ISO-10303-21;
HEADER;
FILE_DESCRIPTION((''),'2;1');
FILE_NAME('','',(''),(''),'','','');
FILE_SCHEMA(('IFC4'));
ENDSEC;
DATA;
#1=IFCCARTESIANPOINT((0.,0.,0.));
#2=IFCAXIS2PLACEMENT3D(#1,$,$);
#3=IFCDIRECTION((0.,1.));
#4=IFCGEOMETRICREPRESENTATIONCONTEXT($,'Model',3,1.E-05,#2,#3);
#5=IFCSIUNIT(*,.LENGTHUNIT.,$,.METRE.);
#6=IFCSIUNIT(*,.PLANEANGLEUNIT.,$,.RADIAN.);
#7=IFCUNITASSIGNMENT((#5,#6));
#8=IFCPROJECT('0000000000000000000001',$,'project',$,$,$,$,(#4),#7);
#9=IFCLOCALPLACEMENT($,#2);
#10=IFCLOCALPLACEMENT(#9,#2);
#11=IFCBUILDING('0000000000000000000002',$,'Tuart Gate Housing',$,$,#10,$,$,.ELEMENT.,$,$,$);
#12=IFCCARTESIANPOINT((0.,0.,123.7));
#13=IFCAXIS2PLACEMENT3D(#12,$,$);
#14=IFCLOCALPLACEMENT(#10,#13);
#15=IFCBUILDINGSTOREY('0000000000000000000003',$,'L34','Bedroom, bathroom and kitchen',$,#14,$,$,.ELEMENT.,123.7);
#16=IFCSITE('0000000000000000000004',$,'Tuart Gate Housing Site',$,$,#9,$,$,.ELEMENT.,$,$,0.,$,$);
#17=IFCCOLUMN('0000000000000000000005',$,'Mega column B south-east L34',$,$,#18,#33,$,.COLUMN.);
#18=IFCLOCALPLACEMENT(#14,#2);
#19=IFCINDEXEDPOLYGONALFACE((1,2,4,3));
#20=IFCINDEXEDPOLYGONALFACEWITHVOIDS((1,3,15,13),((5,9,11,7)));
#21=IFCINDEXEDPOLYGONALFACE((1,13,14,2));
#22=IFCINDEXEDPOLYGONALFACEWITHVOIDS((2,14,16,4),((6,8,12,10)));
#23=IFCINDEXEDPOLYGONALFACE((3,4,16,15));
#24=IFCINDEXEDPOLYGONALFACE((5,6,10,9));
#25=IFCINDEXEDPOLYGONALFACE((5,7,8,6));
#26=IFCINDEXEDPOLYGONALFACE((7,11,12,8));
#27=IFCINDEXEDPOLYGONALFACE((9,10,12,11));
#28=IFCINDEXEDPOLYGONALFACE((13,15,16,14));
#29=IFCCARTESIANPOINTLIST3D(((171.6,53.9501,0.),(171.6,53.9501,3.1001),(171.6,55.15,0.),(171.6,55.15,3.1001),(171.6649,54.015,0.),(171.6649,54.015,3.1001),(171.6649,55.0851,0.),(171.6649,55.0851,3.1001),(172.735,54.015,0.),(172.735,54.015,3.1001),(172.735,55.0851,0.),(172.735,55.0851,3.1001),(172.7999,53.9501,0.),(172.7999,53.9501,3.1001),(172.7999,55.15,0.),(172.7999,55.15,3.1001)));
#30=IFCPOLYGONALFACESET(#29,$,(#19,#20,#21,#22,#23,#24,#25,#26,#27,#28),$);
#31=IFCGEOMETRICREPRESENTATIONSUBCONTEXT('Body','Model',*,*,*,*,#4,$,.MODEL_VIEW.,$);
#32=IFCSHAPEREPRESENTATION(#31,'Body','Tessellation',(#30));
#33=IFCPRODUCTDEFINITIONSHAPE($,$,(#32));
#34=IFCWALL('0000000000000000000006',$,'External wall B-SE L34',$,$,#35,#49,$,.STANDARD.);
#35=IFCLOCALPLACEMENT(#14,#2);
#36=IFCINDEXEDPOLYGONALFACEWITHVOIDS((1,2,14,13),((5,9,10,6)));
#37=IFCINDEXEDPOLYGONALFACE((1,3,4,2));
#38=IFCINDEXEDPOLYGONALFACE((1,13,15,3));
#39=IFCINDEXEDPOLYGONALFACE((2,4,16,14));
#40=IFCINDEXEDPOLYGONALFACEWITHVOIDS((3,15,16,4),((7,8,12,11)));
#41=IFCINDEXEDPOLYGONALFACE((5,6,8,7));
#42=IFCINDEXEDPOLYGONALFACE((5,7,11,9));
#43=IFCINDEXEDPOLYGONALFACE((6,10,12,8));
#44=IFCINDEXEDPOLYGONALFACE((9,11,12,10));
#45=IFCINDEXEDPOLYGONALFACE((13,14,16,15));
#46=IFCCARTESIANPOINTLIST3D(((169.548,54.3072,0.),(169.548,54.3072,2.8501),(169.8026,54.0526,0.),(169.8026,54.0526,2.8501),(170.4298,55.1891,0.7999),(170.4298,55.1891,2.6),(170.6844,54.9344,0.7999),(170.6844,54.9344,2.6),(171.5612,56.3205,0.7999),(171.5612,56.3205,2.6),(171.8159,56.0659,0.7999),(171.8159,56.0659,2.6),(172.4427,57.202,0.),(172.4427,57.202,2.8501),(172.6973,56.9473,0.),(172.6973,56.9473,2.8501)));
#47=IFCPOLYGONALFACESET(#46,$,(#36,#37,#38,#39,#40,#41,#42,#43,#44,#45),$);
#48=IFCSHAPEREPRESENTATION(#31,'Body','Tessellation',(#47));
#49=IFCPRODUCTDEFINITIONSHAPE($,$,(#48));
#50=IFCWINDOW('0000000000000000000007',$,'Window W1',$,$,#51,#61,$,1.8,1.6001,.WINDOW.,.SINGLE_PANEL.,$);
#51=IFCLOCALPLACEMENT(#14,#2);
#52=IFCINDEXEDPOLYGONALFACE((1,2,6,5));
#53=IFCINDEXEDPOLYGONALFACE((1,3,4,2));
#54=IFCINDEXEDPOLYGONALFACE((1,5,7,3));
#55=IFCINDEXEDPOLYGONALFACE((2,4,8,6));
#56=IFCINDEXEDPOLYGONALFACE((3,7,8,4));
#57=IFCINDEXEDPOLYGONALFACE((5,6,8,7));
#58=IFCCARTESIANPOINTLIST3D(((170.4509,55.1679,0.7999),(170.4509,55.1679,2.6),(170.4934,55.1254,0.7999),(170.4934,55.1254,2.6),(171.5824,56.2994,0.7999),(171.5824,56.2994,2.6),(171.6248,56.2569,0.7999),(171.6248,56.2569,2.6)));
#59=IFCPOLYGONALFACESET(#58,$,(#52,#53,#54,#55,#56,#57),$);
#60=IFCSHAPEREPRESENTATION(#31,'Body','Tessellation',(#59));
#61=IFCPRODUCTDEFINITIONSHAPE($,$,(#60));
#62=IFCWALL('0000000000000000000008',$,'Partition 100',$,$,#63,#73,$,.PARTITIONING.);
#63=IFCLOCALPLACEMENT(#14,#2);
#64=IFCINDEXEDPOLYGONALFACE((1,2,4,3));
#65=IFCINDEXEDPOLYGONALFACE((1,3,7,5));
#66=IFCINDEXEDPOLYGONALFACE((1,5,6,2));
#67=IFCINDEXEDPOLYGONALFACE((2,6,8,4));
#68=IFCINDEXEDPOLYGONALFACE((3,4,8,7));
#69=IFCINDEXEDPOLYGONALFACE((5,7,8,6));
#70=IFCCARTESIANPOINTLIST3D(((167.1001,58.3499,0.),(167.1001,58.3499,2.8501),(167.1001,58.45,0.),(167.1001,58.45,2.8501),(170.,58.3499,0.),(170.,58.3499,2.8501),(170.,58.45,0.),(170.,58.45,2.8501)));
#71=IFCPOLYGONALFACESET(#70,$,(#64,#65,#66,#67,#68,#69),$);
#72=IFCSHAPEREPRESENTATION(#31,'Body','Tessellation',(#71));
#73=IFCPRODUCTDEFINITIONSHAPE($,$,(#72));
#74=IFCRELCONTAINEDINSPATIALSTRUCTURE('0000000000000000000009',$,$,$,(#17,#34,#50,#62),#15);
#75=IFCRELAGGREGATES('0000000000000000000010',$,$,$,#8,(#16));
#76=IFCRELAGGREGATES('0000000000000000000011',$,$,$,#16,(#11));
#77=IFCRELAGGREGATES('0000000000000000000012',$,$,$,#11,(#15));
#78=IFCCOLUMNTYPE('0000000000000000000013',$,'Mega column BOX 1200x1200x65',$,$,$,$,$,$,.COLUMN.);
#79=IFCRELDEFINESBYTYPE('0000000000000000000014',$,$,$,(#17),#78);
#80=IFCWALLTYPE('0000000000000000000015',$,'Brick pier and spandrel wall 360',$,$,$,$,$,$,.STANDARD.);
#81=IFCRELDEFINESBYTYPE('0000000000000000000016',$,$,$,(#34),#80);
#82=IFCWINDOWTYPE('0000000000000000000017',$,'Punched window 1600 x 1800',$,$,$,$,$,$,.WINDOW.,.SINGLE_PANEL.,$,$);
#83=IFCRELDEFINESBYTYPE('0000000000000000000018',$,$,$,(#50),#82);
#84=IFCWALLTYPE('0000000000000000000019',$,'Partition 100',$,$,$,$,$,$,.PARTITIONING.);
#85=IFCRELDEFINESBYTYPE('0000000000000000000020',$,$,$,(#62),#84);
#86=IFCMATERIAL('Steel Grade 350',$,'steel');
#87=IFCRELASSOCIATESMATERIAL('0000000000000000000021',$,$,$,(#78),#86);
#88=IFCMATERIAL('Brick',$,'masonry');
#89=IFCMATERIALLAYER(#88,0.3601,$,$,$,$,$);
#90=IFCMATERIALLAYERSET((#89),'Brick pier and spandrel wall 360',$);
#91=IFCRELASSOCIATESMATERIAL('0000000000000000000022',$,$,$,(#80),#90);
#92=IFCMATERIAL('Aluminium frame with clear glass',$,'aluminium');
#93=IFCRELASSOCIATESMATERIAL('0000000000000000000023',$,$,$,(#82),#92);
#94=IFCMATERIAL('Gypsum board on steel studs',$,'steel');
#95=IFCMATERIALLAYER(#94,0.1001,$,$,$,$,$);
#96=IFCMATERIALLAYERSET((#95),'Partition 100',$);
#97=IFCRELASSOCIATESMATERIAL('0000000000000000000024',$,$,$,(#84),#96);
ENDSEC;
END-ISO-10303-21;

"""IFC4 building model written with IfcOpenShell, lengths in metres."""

from ifc_helpers import new_model, si_unit, direction, frame, frame_2d, origin, origin_2d, place, context, subcontext, project, spatial, rectangle, hollow_rectangle, extrude, material, layer, layer_set, material_profile, profile_set, type_object, element, fill, save


model = new_model("IFC4")

# Units and contexts
model_context = context("Model", 3, precision=1e-05, world=origin(), true_north=direction((0.0, 1.0)))
body_context = subcontext(model_context, "Body", "Model", "MODEL_VIEW")
ifc_project = project(units=[si_unit("LENGTHUNIT", "METRE"), si_unit("PLANEANGLEUNIT", "RADIAN")], contexts=[model_context])

# Site, building, storey
site_placement = place(None, origin())
site = spatial("IfcSite", under=ifc_project, at=site_placement, Name="Tuart Gate Housing Site", CompositionType="ELEMENT", RefElevation=0.0)
building_placement = place(site_placement, origin())
building = spatial("IfcBuilding", under=site, at=building_placement, Name="Tuart Gate Housing", CompositionType="ELEMENT")
storey_placement = place(building_placement, frame((0.0, 0.0, 123.7)))
storey = spatial("IfcBuildingStorey", under=building, at=storey_placement, Name="L34", Description="Bedroom, bathroom and kitchen", CompositionType="ELEMENT", Elevation=123.7)

# Column
ifc_material_1 = material(Name="Steel Grade 350", Category="steel")
ifc_material_profile = material_profile(ifc_material_1, hollow_rectangle(XDim=1.2, YDim=1.2, WallThickness=0.0649, at=origin_2d()), Name="BOX 1200x1200x65")
ifc_profile_set = profile_set([ifc_material_profile], Name="Steel Grade 350")
column_type = type_object("IfcColumnType", Name="Mega column BOX 1200x1200x65", PredefinedType="COLUMN", material=ifc_profile_set)
column_placement = place(storey_placement, frame((172.2, 54.55, 0.0), z_axis=(0.0, 0.0, 1.0), x_axis=(1.0, 0.0, 0.0)))
element("IfcColumn", 1, at=column_placement, inside=storey, type_object=column_type, Name="Mega column B south-east L34", PredefinedType="COLUMN", context=body_context, shape_type="SweptSolid", body=[
    extrude(hollow_rectangle(XDim=1.2, YDim=1.2, WallThickness=0.0649, at=origin_2d()), origin(), (0.0, 0.0, 1.0), 3.1001),
])

# Wall, opening, window
ifc_material_2 = material(Name="Brick", Category="masonry")
ifc_layer_1 = layer(ifc_material_2, 0.3601)
ifc_layer_set_1 = layer_set([ifc_layer_1], Name="Brick pier and spandrel wall 360")
wall_type_1 = type_object("IfcWallType", Name="Brick pier and spandrel wall 360", PredefinedType="STANDARD", material=ifc_layer_set_1)
wall_1_placement = place(storey_placement, frame((169.6753, 54.1799, 0.0), z_axis=(0.0, 0.0, 1.0), x_axis=(0.707107, 0.707107, 0.0)))
wall_1 = element("IfcWall", 2, at=wall_1_placement, inside=storey, type_object=wall_type_1, Name="External wall B-SE L34", PredefinedType="STANDARD", context=body_context, shape_type="SweptSolid", body=[
    extrude(rectangle(XDim=4.0938, YDim=0.3601, at=frame_2d((2.0469, 0.0))), origin(), (0.0, 0.0, 1.0), 2.8501),
])
opening_1_placement = place(wall_1_placement, frame((1.2471, 0.0, 0.8)))
opening_1 = element("IfcOpeningElement", 3, at=opening_1_placement, cuts=wall_1, PredefinedType="OPENING", context=body_context, shape_type="SweptSolid", body=[
    extrude(rectangle(XDim=1.6001, YDim=1.8, at=frame_2d((0.8, 0.8999))), frame((0.0, 0.1899, 0.0), z_axis=(0.0, -1.0, 0.0), x_axis=(1.0, 0.0, 0.0)), (0.0, 0.0, 1.0), 0.3801),
])
ifc_material_3 = material(Name="Aluminium frame with clear glass", Category="aluminium")
window_type_1 = type_object("IfcWindowType", Name="Punched window 1600 x 1800", PartitioningType="SINGLE_PANEL", PredefinedType="WINDOW", material=ifc_material_3)
window_1_placement = place(opening_1_placement, origin())
window_1 = element("IfcWindow", 4, at=window_1_placement, inside=storey, type_object=window_type_1, Name="Window W1", OverallHeight=1.8, OverallWidth=1.6001, PartitioningType="SINGLE_PANEL", PredefinedType="WINDOW", context=body_context, shape_type="SweptSolid", body=[
    extrude(rectangle(XDim=1.6001, YDim=1.8, at=frame_2d((0.8, 0.8999))), frame((0.0, 0.1501, 0.0), z_axis=(0.0, -1.0, 0.0), x_axis=(1.0, 0.0, 0.0)), (0.0, 0.0, 1.0), 0.0601),
])
fill(opening_1, window_1)

# Wall
ifc_material_4 = material(Name="Gypsum board on steel studs", Category="steel")
ifc_layer_2 = layer(ifc_material_4, 0.1001)
ifc_layer_set_2 = layer_set([ifc_layer_2], Name="Partition 100")
wall_type_2 = type_object("IfcWallType", Name="Partition 100", PredefinedType="PARTITIONING", material=ifc_layer_set_2)
wall_2_placement = place(storey_placement, frame((167.1001, 58.3999, 0.0), z_axis=(0.0, 0.0, 1.0), x_axis=(1.0, 0.0, 0.0)))
element("IfcWall", 5, at=wall_2_placement, inside=storey, type_object=wall_type_2, Name="Partition 100", PredefinedType="PARTITIONING", context=body_context, shape_type="SweptSolid", body=[
    extrude(rectangle(XDim=2.8999, YDim=0.1001, at=frame_2d((1.45, 0.0))), origin(), (0.0, 0.0, 1.0), 2.8501),
])

save(model, "model.ifc")
